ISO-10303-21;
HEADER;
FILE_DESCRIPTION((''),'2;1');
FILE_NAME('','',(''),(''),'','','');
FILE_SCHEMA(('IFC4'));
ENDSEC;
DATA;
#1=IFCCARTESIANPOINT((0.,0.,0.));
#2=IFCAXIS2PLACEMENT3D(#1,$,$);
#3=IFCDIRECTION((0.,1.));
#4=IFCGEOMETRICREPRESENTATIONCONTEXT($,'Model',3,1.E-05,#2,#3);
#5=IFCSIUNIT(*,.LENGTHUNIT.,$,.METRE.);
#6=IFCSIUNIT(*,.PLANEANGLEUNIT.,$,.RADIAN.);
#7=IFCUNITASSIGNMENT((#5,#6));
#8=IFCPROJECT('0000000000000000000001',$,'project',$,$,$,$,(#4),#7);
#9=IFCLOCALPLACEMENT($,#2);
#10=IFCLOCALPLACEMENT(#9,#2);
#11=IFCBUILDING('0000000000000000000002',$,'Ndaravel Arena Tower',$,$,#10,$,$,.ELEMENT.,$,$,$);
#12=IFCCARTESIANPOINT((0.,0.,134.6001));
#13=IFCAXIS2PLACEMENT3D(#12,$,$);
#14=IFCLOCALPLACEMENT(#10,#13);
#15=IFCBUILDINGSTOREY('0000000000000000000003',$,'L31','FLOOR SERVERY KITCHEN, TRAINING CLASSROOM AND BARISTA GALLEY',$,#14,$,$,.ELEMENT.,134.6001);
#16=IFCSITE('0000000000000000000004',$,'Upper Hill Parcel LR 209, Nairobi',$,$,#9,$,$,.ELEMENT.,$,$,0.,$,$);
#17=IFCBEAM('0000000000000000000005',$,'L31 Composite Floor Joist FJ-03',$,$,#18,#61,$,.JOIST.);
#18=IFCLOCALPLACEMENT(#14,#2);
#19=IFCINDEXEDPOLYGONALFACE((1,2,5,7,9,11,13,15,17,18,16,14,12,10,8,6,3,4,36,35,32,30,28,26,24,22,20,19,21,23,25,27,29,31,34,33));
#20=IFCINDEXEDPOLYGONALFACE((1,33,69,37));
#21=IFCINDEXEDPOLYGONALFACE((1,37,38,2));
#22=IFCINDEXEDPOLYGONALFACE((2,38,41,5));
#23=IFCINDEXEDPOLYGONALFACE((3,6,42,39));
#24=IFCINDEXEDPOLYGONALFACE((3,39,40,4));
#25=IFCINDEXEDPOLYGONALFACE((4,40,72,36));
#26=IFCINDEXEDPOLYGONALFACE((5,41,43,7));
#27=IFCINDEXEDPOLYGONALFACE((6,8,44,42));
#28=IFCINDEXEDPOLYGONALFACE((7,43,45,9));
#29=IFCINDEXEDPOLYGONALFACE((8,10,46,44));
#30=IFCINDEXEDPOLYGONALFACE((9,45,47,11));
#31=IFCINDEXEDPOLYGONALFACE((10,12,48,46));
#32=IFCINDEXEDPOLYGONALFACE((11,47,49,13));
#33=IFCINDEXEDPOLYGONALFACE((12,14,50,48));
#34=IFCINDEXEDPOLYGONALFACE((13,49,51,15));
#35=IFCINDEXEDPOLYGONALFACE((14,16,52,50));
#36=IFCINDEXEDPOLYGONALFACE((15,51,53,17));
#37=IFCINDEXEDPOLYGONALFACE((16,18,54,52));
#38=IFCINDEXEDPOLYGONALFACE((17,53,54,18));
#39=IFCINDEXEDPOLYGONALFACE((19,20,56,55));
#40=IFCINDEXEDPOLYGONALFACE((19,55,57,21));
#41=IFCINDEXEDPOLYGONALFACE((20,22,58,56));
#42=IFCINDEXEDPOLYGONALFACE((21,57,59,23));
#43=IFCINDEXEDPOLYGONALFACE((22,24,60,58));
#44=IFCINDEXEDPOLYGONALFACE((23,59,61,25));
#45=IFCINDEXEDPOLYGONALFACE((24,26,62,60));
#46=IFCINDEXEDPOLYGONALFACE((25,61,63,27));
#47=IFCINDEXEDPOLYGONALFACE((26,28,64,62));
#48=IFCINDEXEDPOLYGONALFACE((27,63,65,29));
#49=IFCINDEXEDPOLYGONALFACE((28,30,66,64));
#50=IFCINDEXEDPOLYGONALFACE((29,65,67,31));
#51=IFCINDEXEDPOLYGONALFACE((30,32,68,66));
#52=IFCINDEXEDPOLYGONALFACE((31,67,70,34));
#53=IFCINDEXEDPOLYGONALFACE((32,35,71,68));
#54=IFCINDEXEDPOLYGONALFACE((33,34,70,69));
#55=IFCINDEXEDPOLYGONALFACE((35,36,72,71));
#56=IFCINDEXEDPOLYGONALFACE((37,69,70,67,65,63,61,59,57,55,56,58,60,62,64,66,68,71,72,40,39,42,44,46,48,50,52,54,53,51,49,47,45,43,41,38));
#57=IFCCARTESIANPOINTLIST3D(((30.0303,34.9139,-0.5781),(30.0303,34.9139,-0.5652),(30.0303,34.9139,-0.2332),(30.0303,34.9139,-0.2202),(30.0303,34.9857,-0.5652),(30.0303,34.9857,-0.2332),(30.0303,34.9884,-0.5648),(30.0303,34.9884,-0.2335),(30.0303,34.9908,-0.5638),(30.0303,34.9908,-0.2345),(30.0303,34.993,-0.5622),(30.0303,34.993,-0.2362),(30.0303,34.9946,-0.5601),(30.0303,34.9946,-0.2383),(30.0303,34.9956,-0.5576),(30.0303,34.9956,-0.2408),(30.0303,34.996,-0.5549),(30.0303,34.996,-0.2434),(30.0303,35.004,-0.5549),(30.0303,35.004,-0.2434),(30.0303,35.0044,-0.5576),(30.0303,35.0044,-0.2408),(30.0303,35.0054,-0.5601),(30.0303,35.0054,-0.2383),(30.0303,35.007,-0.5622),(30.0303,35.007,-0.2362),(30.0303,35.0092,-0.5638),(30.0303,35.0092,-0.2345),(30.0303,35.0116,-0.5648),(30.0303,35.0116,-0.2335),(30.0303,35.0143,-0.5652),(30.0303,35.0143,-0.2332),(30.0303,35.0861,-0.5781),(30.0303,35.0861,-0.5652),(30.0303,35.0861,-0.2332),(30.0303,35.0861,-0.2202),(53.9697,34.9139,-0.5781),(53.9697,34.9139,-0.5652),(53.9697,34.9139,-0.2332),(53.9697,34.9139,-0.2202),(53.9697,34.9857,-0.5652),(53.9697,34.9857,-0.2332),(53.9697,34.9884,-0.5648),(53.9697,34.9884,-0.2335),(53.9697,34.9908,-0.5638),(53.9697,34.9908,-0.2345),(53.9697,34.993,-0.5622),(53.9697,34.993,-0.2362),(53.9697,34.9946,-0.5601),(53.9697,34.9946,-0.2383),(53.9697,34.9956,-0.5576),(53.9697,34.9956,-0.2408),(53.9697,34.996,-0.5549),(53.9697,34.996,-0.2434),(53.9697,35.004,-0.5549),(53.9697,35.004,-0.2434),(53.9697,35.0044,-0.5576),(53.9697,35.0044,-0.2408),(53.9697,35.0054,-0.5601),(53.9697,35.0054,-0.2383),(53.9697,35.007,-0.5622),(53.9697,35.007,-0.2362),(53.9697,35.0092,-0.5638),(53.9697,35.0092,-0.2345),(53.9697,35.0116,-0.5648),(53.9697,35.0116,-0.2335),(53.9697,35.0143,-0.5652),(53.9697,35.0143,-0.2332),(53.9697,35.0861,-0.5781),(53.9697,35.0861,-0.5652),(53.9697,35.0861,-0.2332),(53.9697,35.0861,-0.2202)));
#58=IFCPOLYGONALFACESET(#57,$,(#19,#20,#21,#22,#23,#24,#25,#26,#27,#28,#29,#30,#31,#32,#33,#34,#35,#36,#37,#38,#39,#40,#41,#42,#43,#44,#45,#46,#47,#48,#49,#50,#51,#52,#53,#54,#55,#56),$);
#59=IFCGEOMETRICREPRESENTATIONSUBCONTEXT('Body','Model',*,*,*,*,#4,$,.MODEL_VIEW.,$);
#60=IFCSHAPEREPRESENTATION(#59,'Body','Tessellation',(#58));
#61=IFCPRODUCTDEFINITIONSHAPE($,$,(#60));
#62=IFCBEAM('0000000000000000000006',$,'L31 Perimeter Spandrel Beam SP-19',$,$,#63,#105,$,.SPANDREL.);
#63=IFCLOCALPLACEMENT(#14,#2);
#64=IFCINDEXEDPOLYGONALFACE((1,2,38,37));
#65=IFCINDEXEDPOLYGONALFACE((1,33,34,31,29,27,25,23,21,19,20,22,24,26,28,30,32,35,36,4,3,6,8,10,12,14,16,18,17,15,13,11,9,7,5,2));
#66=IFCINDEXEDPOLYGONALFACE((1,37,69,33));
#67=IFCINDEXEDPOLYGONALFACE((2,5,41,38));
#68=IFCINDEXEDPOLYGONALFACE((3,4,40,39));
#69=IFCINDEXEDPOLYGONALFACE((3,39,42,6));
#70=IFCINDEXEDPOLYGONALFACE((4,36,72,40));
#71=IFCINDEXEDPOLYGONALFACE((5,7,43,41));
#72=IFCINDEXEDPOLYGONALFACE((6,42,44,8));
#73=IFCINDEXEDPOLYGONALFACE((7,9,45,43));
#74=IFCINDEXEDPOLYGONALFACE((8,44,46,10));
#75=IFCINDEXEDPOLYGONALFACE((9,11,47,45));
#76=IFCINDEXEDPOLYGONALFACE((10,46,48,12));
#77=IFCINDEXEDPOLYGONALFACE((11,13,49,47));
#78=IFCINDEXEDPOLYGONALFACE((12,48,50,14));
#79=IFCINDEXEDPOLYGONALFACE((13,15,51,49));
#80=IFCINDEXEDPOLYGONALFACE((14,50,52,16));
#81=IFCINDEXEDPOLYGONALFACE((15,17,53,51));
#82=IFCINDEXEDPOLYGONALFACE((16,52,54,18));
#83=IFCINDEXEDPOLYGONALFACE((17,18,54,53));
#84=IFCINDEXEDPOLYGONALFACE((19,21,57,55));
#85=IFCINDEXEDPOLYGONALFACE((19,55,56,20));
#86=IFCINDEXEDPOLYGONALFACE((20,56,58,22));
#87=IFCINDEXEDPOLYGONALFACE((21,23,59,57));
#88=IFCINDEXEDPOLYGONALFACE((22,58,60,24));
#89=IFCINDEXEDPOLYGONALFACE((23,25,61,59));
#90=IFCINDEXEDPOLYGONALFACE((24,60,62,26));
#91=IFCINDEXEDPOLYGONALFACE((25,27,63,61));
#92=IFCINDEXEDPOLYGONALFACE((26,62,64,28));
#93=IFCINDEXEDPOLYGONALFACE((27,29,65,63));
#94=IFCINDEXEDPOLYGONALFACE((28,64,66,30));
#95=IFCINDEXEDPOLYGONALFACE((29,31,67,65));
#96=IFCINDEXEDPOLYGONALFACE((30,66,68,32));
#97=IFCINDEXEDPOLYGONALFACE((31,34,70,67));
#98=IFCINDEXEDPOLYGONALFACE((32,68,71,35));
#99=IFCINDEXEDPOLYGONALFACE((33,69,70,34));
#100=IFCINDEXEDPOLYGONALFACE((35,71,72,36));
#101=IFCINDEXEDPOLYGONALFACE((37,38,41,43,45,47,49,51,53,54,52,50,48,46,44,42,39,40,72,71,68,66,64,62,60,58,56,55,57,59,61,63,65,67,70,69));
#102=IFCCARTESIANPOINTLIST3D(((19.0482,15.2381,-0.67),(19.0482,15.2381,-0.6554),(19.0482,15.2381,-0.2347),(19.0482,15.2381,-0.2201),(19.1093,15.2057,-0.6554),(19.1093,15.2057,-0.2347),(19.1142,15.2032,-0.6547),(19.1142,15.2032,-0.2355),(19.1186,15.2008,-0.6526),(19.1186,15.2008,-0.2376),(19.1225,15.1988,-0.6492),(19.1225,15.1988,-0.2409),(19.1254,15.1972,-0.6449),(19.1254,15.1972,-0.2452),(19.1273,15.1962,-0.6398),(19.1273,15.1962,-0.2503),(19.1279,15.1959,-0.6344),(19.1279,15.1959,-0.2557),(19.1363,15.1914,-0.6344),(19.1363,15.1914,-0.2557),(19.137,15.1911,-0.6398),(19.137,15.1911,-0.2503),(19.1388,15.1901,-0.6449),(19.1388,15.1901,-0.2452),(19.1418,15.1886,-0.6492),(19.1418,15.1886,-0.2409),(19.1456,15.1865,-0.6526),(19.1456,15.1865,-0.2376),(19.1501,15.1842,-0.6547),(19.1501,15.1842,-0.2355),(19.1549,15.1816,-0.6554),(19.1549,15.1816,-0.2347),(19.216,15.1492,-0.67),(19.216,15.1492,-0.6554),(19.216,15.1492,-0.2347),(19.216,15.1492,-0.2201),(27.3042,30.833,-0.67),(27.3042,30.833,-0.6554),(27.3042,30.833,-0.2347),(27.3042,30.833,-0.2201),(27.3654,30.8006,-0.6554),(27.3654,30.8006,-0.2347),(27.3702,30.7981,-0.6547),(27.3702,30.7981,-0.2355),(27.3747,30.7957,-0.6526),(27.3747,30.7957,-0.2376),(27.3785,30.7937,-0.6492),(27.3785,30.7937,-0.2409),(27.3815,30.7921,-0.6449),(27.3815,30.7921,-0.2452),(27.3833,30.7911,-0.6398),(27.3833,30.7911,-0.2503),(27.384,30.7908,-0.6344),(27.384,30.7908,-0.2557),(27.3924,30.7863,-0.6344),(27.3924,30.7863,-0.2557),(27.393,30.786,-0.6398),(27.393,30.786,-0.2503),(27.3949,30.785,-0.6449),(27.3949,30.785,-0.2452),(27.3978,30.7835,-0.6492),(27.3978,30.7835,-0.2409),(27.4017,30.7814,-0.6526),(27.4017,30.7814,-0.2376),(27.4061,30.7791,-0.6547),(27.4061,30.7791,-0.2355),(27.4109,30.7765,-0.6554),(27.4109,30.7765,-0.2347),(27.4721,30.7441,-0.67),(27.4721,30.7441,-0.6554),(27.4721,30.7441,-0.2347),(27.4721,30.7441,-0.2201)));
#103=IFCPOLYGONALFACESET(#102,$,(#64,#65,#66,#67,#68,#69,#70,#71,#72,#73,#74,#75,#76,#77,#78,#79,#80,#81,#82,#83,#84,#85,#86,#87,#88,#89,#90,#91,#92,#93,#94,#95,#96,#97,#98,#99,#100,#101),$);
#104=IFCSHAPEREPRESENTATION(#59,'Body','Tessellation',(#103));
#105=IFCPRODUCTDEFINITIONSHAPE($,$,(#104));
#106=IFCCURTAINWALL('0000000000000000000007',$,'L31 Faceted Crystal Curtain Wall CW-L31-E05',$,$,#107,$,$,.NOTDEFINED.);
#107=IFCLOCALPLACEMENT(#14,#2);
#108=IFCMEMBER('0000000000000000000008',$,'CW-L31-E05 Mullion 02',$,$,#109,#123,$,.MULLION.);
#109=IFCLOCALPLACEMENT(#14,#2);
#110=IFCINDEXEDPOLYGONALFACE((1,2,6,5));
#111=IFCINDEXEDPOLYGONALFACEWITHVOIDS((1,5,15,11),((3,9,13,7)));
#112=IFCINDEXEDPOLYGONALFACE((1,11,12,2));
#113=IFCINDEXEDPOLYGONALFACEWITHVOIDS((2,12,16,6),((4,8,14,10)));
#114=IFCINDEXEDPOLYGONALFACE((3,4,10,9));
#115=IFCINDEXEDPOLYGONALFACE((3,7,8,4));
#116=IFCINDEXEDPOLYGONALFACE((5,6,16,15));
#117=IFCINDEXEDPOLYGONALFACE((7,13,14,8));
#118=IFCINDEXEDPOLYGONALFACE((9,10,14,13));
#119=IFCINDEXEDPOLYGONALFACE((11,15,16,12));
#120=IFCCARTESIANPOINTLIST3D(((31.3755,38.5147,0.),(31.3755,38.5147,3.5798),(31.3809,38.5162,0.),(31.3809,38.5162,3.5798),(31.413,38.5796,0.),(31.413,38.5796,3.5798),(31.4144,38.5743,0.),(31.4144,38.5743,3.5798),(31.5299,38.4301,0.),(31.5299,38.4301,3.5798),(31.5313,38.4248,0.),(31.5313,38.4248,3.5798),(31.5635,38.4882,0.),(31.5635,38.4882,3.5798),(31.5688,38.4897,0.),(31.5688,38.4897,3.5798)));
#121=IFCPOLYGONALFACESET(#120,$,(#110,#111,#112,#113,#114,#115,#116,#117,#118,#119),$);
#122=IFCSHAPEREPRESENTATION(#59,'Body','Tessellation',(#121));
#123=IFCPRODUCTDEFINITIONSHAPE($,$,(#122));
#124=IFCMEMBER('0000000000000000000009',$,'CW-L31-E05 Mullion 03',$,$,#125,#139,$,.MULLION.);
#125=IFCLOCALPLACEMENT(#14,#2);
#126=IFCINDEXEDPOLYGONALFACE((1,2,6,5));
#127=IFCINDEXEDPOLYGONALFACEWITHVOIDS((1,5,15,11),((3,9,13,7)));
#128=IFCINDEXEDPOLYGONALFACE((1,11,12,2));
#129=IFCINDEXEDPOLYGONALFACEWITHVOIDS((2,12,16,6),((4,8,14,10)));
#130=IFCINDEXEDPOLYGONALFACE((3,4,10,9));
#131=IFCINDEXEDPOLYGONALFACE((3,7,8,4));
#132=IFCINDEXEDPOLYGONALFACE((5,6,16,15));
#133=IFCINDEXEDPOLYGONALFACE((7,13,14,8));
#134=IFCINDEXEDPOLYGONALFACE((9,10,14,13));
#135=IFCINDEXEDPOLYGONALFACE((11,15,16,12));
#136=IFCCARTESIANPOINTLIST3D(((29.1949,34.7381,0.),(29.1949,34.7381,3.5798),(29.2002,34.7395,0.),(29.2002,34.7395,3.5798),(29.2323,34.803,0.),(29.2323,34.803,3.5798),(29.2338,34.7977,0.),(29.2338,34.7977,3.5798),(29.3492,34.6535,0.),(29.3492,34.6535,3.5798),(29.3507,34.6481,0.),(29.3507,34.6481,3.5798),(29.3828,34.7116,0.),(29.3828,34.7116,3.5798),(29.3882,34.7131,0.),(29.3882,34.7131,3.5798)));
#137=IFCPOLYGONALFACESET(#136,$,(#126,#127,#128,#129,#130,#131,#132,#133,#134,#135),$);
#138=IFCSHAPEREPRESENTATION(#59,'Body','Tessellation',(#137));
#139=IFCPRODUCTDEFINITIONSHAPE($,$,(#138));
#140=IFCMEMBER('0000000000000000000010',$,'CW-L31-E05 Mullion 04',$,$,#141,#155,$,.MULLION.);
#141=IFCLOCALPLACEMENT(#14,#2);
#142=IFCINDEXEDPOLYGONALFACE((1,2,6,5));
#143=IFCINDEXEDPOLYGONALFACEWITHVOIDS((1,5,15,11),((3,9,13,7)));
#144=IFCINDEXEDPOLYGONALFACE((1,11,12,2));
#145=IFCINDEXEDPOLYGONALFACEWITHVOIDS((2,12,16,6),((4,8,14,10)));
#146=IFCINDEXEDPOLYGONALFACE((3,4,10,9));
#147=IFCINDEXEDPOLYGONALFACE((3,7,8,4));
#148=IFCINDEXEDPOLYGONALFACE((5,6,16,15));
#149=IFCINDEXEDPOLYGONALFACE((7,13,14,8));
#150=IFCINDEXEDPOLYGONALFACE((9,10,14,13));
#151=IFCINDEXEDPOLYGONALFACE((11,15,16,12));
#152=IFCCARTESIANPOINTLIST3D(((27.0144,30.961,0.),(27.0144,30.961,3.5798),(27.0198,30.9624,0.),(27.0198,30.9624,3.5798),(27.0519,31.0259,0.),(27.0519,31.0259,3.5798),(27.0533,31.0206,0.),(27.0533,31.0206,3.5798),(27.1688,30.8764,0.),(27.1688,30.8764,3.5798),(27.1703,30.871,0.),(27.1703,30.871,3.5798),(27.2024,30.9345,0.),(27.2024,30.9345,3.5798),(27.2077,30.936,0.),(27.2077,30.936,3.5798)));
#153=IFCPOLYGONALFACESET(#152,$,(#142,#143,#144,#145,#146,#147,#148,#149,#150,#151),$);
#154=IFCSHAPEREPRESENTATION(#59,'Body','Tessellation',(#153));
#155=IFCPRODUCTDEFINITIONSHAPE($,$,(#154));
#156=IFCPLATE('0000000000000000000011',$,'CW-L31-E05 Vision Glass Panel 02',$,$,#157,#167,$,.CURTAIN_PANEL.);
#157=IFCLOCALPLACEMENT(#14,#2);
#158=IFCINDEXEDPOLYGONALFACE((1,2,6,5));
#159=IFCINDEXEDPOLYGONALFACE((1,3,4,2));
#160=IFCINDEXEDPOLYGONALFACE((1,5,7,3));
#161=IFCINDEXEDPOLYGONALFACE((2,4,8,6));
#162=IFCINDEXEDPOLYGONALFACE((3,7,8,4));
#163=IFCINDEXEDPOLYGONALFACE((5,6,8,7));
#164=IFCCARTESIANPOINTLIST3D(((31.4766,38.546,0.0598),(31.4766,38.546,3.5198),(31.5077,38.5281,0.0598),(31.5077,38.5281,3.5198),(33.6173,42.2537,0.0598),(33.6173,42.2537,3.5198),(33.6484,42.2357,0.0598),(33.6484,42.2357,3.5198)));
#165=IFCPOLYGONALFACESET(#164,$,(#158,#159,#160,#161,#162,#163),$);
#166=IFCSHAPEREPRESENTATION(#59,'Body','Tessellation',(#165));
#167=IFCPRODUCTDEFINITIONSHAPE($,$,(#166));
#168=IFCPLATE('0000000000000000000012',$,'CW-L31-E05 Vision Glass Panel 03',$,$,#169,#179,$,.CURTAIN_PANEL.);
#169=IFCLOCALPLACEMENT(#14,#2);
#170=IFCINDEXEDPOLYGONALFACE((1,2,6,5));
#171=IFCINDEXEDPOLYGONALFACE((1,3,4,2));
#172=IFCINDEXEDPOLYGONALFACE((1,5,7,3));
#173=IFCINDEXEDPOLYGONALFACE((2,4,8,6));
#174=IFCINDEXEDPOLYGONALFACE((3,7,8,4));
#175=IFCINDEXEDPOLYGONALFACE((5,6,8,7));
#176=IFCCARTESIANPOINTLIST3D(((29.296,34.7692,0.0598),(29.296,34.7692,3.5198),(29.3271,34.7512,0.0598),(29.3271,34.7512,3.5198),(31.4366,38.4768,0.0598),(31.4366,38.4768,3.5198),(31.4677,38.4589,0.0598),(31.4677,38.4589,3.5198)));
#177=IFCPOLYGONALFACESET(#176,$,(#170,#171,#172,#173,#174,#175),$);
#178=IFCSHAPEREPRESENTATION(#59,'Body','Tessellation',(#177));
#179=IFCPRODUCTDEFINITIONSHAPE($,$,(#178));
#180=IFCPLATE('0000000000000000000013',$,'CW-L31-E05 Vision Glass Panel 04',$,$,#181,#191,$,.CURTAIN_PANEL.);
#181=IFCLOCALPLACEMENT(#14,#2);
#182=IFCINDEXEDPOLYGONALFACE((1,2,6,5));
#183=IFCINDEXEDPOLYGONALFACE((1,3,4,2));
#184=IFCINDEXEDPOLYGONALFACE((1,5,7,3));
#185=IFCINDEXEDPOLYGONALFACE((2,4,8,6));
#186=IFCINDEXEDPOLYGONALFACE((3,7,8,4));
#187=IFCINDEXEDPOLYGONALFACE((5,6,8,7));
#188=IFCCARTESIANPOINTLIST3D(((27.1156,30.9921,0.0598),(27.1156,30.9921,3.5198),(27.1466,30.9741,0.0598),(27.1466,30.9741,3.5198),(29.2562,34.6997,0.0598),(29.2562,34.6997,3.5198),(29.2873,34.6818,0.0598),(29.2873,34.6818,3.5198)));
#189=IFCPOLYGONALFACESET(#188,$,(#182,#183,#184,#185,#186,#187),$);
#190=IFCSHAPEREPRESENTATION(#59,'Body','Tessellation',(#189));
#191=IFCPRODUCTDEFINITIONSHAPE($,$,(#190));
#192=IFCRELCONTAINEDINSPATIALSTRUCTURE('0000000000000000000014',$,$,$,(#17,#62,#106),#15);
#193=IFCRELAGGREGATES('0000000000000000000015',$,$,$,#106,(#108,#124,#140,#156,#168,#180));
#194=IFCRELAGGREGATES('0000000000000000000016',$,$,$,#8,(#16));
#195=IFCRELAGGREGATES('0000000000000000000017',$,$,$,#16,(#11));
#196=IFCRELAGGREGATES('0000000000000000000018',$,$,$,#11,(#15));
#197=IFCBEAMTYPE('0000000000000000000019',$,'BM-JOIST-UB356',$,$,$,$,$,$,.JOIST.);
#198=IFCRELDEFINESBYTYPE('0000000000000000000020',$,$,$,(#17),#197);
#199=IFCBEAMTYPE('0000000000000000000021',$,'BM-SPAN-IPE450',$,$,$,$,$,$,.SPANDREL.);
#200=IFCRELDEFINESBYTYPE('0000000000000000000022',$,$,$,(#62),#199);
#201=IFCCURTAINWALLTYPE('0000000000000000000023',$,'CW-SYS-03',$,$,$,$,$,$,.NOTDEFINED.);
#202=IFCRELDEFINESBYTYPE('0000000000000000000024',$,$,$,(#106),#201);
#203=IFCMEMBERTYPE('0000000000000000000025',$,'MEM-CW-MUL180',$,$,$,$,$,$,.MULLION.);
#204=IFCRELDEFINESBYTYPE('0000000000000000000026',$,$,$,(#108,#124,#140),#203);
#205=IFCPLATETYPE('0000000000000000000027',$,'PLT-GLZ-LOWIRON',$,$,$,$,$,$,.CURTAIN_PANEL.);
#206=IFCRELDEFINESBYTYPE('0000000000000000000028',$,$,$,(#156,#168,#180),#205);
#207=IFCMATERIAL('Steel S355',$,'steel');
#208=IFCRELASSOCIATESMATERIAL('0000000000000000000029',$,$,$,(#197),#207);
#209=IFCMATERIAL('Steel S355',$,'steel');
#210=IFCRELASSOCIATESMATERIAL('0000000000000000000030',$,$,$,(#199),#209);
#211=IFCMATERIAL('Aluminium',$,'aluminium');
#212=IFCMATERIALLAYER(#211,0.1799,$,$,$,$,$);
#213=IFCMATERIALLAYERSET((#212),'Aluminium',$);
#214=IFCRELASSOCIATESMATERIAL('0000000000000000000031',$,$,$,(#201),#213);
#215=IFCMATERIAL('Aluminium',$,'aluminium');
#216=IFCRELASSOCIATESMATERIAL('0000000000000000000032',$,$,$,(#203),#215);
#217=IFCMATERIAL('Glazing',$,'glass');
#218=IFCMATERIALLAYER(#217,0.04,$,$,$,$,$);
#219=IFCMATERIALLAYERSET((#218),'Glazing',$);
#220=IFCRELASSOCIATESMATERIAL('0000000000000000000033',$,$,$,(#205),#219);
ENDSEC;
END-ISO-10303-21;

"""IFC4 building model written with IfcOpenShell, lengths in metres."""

from ifc_helpers import new_model, si_unit, direction, frame, origin, origin_2d, place, context, subcontext, project, spatial, rectangle, hollow_rectangle, i_section, extrude, material, layer, layer_set, material_profile, profile_set, type_object, element, aggregate, save


model = new_model("IFC4")

# Units and contexts
model_context = context("Model", 3, precision=1e-05, world=origin(), true_north=direction((0.0, 1.0)))
body_context = subcontext(model_context, "Body", "Model", "MODEL_VIEW")
ifc_project = project(units=[si_unit("LENGTHUNIT", "METRE"), si_unit("PLANEANGLEUNIT", "RADIAN")], contexts=[model_context])

# Site, building, storey
site_placement = place(None, origin())
site = spatial("IfcSite", under=ifc_project, at=site_placement, Name="Upper Hill Parcel LR 209, Nairobi", CompositionType="ELEMENT", RefElevation=0.0)
building_placement = place(site_placement, origin())
building = spatial("IfcBuilding", under=site, at=building_placement, Name="Ndaravel Arena Tower", CompositionType="ELEMENT")
storey_placement = place(building_placement, frame((0.0, 0.0, 134.6001)))
storey = spatial("IfcBuildingStorey", under=building, at=storey_placement, Name="L31", Description="FLOOR SERVERY KITCHEN, TRAINING CLASSROOM AND BARISTA GALLEY", CompositionType="ELEMENT", Elevation=134.6001)

# Beams
ifc_material_1 = material(Name="Steel S355", Category="steel")
ifc_material_profile_1 = material_profile(ifc_material_1, i_section(OverallWidth=0.1721, OverallDepth=0.3579, WebThickness=0.0081, FlangeThickness=0.0129, FilletRadius=0.0103, at=origin_2d()), Name="UB 356x171x57")
ifc_profile_set_1 = profile_set([ifc_material_profile_1], Name="Steel S355")
beam_type_1 = type_object("IfcBeamType", Name="BM-JOIST-UB356", PredefinedType="JOIST", material=ifc_profile_set_1)
beam_1_placement = place(storey_placement, frame((30.0303, 35.0, -0.3992), z_axis=(1.0, 0.0, 0.0), x_axis=(0.0, 1.0, 0.0)))
element("IfcBeam", 1, at=beam_1_placement, inside=storey, type_object=beam_type_1, Name="L31 Composite Floor Joist FJ-03", PredefinedType="JOIST", context=body_context, shape_type="SweptSolid", body=[
    extrude(i_section(OverallWidth=0.1721, OverallDepth=0.3579, WebThickness=0.0081, FlangeThickness=0.0129, FilletRadius=0.0103, at=origin_2d()), origin(), (0.0, 0.0, 1.0), 23.9395),
])
ifc_material_2 = material(Name="Steel S355", Category="steel")
ifc_material_profile_2 = material_profile(ifc_material_2, i_section(OverallWidth=0.1899, OverallDepth=0.45, WebThickness=0.0095, FlangeThickness=0.0146, FilletRadius=0.021, at=origin_2d()), Name="IPE 450")
ifc_profile_set_2 = profile_set([ifc_material_profile_2], Name="Steel S355")
beam_type_2 = type_object("IfcBeamType", Name="BM-SPAN-IPE450", PredefinedType="SPANDREL", material=ifc_profile_set_2)
beam_2_placement = place(storey_placement, frame((27.3882, 30.7886, -0.4451), z_axis=(-0.467885, -0.883789, 0.0), x_axis=(0.883789, -0.467885, 0.0)))
element("IfcBeam", 2, at=beam_2_placement, inside=storey, type_object=beam_type_2, Name="L31 Perimeter Spandrel Beam SP-19", PredefinedType="SPANDREL", context=body_context, shape_type="SweptSolid", body=[
    extrude(i_section(OverallWidth=0.1899, OverallDepth=0.45, WebThickness=0.0095, FlangeThickness=0.0146, FilletRadius=0.021, at=origin_2d()), origin(), (0.0, 0.0, 1.0), 17.6455),
])

# Curtain wall, members, plates
ifc_material_3 = material(Name="Aluminium", Category="aluminium")
ifc_layer_1 = layer(ifc_material_3, 0.1799)
ifc_layer_set_1 = layer_set([ifc_layer_1], Name="Aluminium")
curtain_wall_type = type_object("IfcCurtainWallType", Name="CW-SYS-03", PredefinedType="NOTDEFINED", material=ifc_layer_set_1)
curtain_wall_placement = place(storey_placement, origin())
curtain_wall = element("IfcCurtainWall", 3, at=curtain_wall_placement, inside=storey, type_object=curtain_wall_type, Name="L31 Faceted Crystal Curtain Wall CW-L31-E05", PredefinedType="NOTDEFINED")
ifc_material_4 = material(Name="Aluminium", Category="aluminium")
ifc_material_profile_3 = material_profile(ifc_material_4, hollow_rectangle(XDim=0.075, YDim=0.1799, WallThickness=0.0039, at=origin_2d()), Name="CW MULLION 75x180x4")
ifc_profile_set_3 = profile_set([ifc_material_profile_3], Name="Aluminium")
member_type = type_object("IfcMemberType", Name="MEM-CW-MUL180", PredefinedType="MULLION", material=ifc_profile_set_3)
member_1_placement = place(storey_placement, frame((31.4722, 38.5022, 0.0), z_axis=(0.0, 0.0, 1.0), x_axis=(-0.5, -0.866025, 0.0)))
member_1 = element("IfcMember", 4, at=member_1_placement, type_object=member_type, Name="CW-L31-E05 Mullion 02", PredefinedType="MULLION", context=body_context, shape_type="SweptSolid", body=[
    extrude(hollow_rectangle(XDim=0.075, YDim=0.1799, WallThickness=0.0039, at=origin_2d()), origin(), (0.0, 0.0, 1.0), 3.5798),
])
member_2_placement = place(storey_placement, frame((29.2915, 34.7256, 0.0), z_axis=(0.0, 0.0, 1.0), x_axis=(-0.5, -0.866025, 0.0)))
member_2 = element("IfcMember", 5, at=member_2_placement, type_object=member_type, Name="CW-L31-E05 Mullion 03", PredefinedType="MULLION", context=body_context, shape_type="SweptSolid", body=[
    extrude(hollow_rectangle(XDim=0.075, YDim=0.1799, WallThickness=0.0039, at=origin_2d()), origin(), (0.0, 0.0, 1.0), 3.5798),
])
member_3_placement = place(storey_placement, frame((27.1111, 30.9485, 0.0), z_axis=(0.0, 0.0, 1.0), x_axis=(-0.5, -0.866025, 0.0)))
member_3 = element("IfcMember", 6, at=member_3_placement, type_object=member_type, Name="CW-L31-E05 Mullion 04", PredefinedType="MULLION", context=body_context, shape_type="SweptSolid", body=[
    extrude(hollow_rectangle(XDim=0.075, YDim=0.1799, WallThickness=0.0039, at=origin_2d()), origin(), (0.0, 0.0, 1.0), 3.5798),
])
ifc_material_5 = material(Name="Glazing", Category="glass")
ifc_layer_2 = layer(ifc_material_5, 0.04)
ifc_layer_set_2 = layer_set([ifc_layer_2], Name="Glazing")
plate_type = type_object("IfcPlateType", Name="PLT-GLZ-LOWIRON", PredefinedType="CURTAIN_PANEL", material=ifc_layer_set_2)
plate_1_placement = place(storey_placement, frame((32.5625, 40.3909, 0.0598), z_axis=(0.0, 0.0, 1.0), x_axis=(-0.5, -0.866025, 0.0)))
plate_1 = element("IfcPlate", 7, at=plate_1_placement, type_object=plate_type, Name="CW-L31-E05 Vision Glass Panel 02", PredefinedType="CURTAIN_PANEL", context=body_context, shape_type="SweptSolid", body=[
    extrude(rectangle(XDim=4.2812, YDim=0.0359, at=origin_2d()), origin(), (0.0, 0.0, 1.0), 3.46),
])
plate_2_placement = place(storey_placement, frame((30.3818, 36.614, 0.0598), z_axis=(0.0, 0.0, 1.0), x_axis=(-0.5, -0.866025, 0.0)))
plate_2 = element("IfcPlate", 8, at=plate_2_placement, type_object=plate_type, Name="CW-L31-E05 Vision Glass Panel 03", PredefinedType="CURTAIN_PANEL", context=body_context, shape_type="SweptSolid", body=[
    extrude(rectangle(XDim=4.2812, YDim=0.0359, at=origin_2d()), origin(), (0.0, 0.0, 1.0), 3.46),
])
plate_3_placement = place(storey_placement, frame((28.2014, 32.8369, 0.0598), z_axis=(0.0, 0.0, 1.0), x_axis=(-0.5, -0.866025, 0.0)))
plate_3 = element("IfcPlate", 9, at=plate_3_placement, type_object=plate_type, Name="CW-L31-E05 Vision Glass Panel 04", PredefinedType="CURTAIN_PANEL", context=body_context, shape_type="SweptSolid", body=[
    extrude(rectangle(XDim=4.2812, YDim=0.0359, at=origin_2d()), origin(), (0.0, 0.0, 1.0), 3.46),
])
aggregate(curtain_wall, [member_1, member_2, member_3, plate_1, plate_2, plate_3])

save(model, "model.ifc")
